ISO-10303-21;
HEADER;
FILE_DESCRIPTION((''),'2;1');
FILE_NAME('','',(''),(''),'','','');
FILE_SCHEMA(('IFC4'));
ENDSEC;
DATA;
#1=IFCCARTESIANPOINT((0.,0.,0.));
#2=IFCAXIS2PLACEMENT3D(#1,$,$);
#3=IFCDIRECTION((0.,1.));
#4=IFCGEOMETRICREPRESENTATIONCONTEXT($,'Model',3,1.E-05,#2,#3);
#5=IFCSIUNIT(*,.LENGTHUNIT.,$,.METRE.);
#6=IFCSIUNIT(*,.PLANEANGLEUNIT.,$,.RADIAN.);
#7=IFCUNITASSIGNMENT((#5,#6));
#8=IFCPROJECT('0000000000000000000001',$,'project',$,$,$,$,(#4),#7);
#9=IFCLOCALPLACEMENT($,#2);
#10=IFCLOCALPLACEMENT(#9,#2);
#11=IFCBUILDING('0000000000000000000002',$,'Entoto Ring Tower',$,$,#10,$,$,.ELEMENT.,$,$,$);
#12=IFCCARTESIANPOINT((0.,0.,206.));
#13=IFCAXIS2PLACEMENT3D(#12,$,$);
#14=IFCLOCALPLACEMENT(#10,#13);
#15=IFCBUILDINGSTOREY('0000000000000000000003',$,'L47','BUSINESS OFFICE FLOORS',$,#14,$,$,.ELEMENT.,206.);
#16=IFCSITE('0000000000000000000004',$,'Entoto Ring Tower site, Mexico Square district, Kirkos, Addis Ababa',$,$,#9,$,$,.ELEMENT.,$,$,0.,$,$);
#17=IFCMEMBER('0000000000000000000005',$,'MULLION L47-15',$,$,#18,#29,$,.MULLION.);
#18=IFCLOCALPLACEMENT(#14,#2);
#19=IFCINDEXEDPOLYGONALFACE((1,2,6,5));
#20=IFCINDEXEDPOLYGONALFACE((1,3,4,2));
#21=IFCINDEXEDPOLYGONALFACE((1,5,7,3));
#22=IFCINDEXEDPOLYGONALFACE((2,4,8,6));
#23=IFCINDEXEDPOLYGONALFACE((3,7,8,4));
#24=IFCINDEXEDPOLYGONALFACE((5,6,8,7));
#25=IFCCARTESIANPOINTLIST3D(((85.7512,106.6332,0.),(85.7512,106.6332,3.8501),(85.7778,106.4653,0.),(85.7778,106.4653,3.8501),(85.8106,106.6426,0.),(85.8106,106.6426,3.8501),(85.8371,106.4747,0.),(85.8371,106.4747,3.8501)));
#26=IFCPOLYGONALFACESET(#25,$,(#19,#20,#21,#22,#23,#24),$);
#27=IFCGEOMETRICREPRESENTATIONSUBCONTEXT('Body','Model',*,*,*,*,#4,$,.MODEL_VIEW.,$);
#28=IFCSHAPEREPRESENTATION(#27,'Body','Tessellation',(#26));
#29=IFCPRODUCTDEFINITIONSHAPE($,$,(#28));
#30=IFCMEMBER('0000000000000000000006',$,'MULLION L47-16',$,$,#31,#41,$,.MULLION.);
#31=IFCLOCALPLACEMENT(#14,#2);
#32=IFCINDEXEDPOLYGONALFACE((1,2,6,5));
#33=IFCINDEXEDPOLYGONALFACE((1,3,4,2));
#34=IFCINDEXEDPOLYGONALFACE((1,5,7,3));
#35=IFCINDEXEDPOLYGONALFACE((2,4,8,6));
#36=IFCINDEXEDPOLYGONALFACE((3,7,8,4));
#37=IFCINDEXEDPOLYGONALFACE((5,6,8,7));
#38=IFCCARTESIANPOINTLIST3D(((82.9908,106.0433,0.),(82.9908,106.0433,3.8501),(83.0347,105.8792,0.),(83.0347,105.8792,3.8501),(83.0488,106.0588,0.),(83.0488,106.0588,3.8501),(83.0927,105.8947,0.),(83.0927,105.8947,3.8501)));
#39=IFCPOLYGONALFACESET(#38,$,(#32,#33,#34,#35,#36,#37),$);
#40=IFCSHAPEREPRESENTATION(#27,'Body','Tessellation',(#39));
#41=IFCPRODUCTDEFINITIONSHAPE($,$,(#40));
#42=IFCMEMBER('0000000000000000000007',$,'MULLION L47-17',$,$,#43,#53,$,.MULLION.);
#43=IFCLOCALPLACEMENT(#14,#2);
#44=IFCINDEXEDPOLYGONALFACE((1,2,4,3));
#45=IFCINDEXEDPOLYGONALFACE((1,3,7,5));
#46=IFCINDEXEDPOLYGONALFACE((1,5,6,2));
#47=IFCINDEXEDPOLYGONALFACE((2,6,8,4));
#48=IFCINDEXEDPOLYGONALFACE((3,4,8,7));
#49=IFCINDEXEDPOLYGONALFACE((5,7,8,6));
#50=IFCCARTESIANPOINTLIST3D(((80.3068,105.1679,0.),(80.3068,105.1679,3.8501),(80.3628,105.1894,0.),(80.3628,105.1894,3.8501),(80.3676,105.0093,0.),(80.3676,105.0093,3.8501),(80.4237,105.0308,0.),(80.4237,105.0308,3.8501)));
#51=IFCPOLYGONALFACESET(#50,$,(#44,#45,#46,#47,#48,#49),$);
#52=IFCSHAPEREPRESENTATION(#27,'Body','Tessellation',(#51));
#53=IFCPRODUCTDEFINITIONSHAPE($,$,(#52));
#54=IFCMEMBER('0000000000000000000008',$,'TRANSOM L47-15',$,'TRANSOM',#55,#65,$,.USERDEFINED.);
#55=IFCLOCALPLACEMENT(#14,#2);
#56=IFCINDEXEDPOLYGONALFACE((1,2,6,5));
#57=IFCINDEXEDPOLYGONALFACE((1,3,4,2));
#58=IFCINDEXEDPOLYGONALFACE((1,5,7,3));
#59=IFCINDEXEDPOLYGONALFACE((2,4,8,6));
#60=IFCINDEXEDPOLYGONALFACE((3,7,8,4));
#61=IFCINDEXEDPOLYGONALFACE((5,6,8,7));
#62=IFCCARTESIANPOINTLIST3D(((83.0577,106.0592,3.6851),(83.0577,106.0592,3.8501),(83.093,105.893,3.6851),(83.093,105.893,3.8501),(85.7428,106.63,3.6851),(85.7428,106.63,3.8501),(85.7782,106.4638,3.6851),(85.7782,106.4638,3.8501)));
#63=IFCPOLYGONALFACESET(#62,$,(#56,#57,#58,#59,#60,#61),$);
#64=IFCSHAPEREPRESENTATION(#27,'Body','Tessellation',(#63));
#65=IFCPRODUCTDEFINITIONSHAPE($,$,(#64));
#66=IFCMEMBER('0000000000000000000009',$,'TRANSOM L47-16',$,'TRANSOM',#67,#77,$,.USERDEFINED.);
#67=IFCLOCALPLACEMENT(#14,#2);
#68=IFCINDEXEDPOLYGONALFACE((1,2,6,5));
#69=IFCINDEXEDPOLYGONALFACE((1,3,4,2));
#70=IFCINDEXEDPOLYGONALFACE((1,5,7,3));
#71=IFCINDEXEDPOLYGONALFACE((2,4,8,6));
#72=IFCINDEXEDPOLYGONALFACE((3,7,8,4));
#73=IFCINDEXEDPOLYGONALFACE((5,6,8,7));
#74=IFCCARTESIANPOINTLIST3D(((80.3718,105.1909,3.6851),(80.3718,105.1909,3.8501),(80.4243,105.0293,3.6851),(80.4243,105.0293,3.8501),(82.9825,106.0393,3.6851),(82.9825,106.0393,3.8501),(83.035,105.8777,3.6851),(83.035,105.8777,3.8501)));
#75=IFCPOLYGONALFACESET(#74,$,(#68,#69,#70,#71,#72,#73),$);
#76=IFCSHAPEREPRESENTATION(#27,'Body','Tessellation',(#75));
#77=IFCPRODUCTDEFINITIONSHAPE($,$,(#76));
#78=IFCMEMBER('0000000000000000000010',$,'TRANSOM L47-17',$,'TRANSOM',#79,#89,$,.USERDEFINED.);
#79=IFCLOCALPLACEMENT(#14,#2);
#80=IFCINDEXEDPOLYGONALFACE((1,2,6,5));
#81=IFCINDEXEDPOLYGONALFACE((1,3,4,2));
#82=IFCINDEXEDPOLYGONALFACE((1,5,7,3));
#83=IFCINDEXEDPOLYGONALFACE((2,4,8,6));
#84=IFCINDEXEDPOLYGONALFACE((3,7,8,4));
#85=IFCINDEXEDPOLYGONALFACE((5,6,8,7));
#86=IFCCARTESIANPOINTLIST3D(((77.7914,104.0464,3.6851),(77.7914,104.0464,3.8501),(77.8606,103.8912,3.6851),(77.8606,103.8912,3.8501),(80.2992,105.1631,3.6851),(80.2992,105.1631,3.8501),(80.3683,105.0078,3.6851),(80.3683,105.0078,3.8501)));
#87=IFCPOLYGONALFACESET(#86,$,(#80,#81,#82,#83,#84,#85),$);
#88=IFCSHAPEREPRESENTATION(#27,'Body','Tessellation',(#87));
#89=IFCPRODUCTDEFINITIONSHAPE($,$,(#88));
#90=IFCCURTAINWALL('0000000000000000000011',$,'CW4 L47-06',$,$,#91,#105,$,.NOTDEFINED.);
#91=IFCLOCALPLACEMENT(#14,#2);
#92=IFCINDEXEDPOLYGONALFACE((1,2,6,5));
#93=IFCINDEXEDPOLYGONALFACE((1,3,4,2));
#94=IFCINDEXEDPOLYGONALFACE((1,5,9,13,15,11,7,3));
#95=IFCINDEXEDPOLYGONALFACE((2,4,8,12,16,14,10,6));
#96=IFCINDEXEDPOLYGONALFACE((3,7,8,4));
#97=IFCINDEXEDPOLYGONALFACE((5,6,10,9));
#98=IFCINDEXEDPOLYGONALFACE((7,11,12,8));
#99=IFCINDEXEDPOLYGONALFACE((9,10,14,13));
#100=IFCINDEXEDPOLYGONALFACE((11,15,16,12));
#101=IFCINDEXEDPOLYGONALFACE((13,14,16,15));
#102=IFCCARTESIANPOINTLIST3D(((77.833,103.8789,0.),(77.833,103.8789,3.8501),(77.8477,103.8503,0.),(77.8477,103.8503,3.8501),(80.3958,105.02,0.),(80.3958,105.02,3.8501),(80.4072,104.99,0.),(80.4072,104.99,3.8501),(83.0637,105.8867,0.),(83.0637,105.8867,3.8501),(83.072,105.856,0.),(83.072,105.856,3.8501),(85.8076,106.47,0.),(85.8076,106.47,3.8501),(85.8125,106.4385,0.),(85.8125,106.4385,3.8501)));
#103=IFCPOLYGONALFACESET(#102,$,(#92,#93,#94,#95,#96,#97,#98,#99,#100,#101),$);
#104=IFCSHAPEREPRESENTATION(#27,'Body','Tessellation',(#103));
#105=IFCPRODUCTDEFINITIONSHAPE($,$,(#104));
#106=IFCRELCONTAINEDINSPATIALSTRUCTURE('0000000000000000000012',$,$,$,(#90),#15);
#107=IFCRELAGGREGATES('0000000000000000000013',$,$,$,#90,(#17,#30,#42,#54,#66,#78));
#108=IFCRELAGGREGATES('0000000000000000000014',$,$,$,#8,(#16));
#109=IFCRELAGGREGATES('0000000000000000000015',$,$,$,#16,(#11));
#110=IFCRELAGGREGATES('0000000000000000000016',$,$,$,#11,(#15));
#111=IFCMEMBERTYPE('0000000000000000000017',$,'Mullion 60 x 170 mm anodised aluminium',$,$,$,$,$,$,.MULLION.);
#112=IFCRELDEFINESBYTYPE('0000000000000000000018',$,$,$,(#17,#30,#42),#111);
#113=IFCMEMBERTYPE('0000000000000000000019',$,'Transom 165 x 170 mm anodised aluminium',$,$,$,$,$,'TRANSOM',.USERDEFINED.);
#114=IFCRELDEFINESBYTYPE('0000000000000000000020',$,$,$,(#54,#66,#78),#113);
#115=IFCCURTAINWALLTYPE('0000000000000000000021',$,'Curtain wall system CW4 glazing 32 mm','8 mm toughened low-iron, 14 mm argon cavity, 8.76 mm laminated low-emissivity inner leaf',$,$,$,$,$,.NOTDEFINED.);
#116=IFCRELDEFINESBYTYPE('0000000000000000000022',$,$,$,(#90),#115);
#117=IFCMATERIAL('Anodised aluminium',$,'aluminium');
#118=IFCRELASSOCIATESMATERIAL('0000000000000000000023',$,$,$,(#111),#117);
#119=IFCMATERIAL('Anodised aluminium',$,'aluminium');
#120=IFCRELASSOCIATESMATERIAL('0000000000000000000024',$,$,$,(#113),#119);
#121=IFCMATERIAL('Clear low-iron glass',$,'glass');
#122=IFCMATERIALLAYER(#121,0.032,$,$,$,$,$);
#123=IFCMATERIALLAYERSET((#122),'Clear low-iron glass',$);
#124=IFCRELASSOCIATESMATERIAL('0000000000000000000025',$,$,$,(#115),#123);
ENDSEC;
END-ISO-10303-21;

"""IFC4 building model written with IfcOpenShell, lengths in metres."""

from ifc_helpers import new_model, si_unit, direction, frame, origin, origin_2d, place, context, subcontext, project, spatial, polyline, rectangle, outline, extrude, material, layer, layer_set, material_profile, profile_set, type_object, element, aggregate, save


model = new_model("IFC4")

# Units and contexts
model_context = context("Model", 3, precision=1e-05, world=origin(), true_north=direction((0.0, 1.0)))
body_context = subcontext(model_context, "Body", "Model", "MODEL_VIEW")
ifc_project = project(units=[si_unit("LENGTHUNIT", "METRE"), si_unit("PLANEANGLEUNIT", "RADIAN")], contexts=[model_context])

# Members
ifc_material_1 = material(Name="Anodised aluminium", Category="aluminium")
ifc_material_profile_1 = material_profile(ifc_material_1, rectangle(XDim=0.0601, YDim=0.1699, at=origin_2d()), Name="Mullion 60 x 170 mm anodised aluminium")
ifc_profile_set_1 = profile_set([ifc_material_profile_1], Name="Anodised aluminium")
member_type_1 = type_object("IfcMemberType", Name="Mullion 60 x 170 mm anodised aluminium", PredefinedType="MULLION", material=ifc_profile_set_1)
site_placement = place(None, origin())
building_placement = place(site_placement, origin())
storey_placement = place(building_placement, frame((0.0, 0.0, 206.0)))
member_1_placement = place(storey_placement, frame((85.7942, 106.554, 0.0), z_axis=(0.0, 0.0, 1.0), x_axis=(-0.987688, -0.156434, 0.0)))
member_1 = element("IfcMember", 1, at=member_1_placement, type_object=member_type_1, Name="MULLION L47-15", PredefinedType="MULLION", context=body_context, shape_type="SweptSolid", body=[
    extrude(rectangle(XDim=0.0601, YDim=0.1699, at=origin_2d()), origin(), (0.0, 0.0, 1.0), 3.8501),
])
member_2_placement = place(storey_placement, frame((83.0417, 105.969, 0.0), z_axis=(0.0, 0.0, 1.0), x_axis=(-0.965926, -0.258819, 0.0)))
member_2 = element("IfcMember", 2, at=member_2_placement, type_object=member_type_1, Name="MULLION L47-16", PredefinedType="MULLION", context=body_context, shape_type="SweptSolid", body=[
    extrude(rectangle(XDim=0.0601, YDim=0.1699, at=origin_2d()), origin(), (0.0, 0.0, 1.0), 3.8501),
])
member_3_placement = place(storey_placement, frame((80.3652, 105.0994, 0.0), z_axis=(0.0, 0.0, 1.0), x_axis=(-0.93358, -0.358368, 0.0)))
member_3 = element("IfcMember", 3, at=member_3_placement, type_object=member_type_1, Name="MULLION L47-17", PredefinedType="MULLION", context=body_context, shape_type="SweptSolid", body=[
    extrude(rectangle(XDim=0.0601, YDim=0.1699, at=origin_2d()), origin(), (0.0, 0.0, 1.0), 3.8501),
])
ifc_material_2 = material(Name="Anodised aluminium", Category="aluminium")
ifc_material_profile_2 = material_profile(ifc_material_2, rectangle(XDim=0.1699, YDim=0.165, at=origin_2d()), Name="Transom 165 x 170 mm anodised aluminium")
ifc_profile_set_2 = profile_set([ifc_material_profile_2], Name="Anodised aluminium")
member_type_2 = type_object("IfcMemberType", Name="Transom 165 x 170 mm anodised aluminium", ElementType="TRANSOM", PredefinedType="USERDEFINED", material=ifc_profile_set_2)
member_4_placement = place(storey_placement, frame((85.7605, 106.5469, 3.7676), z_axis=(-0.978142, -0.207937, 0.0), x_axis=(0.207937, -0.978142, 0.0)))
member_4 = element("IfcMember", 4, at=member_4_placement, type_object=member_type_2, Name="TRANSOM L47-15", ObjectType="TRANSOM", PredefinedType="USERDEFINED", context=body_context, shape_type="SweptSolid", body=[
    extrude(rectangle(XDim=0.1699, YDim=0.165, at=origin_2d()), origin(), (0.0, 0.0, 1.0), 2.7451),
])
member_5_placement = place(storey_placement, frame((83.0088, 105.9585, 3.7676), z_axis=(-0.951048, -0.309042, 0.0), x_axis=(0.309042, -0.951048, 0.0)))
member_5 = element("IfcMember", 5, at=member_5_placement, type_object=member_type_2, Name="TRANSOM L47-16", ObjectType="TRANSOM", PredefinedType="USERDEFINED", context=body_context, shape_type="SweptSolid", body=[
    extrude(rectangle(XDim=0.1699, YDim=0.165, at=origin_2d()), origin(), (0.0, 0.0, 1.0), 2.7451),
])
member_6_placement = place(storey_placement, frame((80.3337, 105.0854, 3.7676), z_axis=(-0.913525, -0.406782, 0.0), x_axis=(0.406782, -0.913525, 0.0)))
member_6 = element("IfcMember", 6, at=member_6_placement, type_object=member_type_2, Name="TRANSOM L47-17", ObjectType="TRANSOM", PredefinedType="USERDEFINED", context=body_context, shape_type="SweptSolid", body=[
    extrude(rectangle(XDim=0.1699, YDim=0.165, at=origin_2d()), origin(), (0.0, 0.0, 1.0), 2.7451),
])

# Site, building, storey
site = spatial("IfcSite", under=ifc_project, at=site_placement, Name="Entoto Ring Tower site, Mexico Square district, Kirkos, Addis Ababa", CompositionType="ELEMENT", RefElevation=0.0)
building = spatial("IfcBuilding", under=site, at=building_placement, Name="Entoto Ring Tower", CompositionType="ELEMENT")
storey = spatial("IfcBuildingStorey", under=building, at=storey_placement, Name="L47", Description="BUSINESS OFFICE FLOORS", CompositionType="ELEMENT", Elevation=206.0)

# Curtain wall
ifc_material_3 = material(Name="Clear low-iron glass", Category="glass")
ifc_layer = layer(ifc_material_3, 0.032)
ifc_layer_set = layer_set([ifc_layer], Name="Clear low-iron glass")
curtain_wall_type = type_object("IfcCurtainWallType", Name="Curtain wall system CW4 glazing 32 mm", Description="8 mm toughened low-iron, 14 mm argon cavity, 8.76 mm laminated low-emissivity inner leaf", PredefinedType="NOTDEFINED", material=ifc_layer_set)
curtain_wall_1_placement = place(storey_placement, origin())
curtain_wall_1 = element("IfcCurtainWall", 7, at=curtain_wall_1_placement, inside=storey, type_object=curtain_wall_type, Name="CW4 L47-06", PredefinedType="NOTDEFINED", context=body_context, shape_type="SweptSolid", body=[
    extrude(outline(polyline([(85.8076, 106.47), (83.0637, 105.8867), (80.3958, 105.02), (77.833, 103.8789), (77.8477, 103.8503), (80.4072, 104.99), (83.072, 105.856), (85.8125, 106.4385), (85.8076, 106.47)])), origin(), (0.0, 0.0, 1.0), 3.8501),
])
aggregate(curtain_wall_1, [member_1, member_2, member_3, member_4, member_5, member_6])

save(model, "model.ifc")
